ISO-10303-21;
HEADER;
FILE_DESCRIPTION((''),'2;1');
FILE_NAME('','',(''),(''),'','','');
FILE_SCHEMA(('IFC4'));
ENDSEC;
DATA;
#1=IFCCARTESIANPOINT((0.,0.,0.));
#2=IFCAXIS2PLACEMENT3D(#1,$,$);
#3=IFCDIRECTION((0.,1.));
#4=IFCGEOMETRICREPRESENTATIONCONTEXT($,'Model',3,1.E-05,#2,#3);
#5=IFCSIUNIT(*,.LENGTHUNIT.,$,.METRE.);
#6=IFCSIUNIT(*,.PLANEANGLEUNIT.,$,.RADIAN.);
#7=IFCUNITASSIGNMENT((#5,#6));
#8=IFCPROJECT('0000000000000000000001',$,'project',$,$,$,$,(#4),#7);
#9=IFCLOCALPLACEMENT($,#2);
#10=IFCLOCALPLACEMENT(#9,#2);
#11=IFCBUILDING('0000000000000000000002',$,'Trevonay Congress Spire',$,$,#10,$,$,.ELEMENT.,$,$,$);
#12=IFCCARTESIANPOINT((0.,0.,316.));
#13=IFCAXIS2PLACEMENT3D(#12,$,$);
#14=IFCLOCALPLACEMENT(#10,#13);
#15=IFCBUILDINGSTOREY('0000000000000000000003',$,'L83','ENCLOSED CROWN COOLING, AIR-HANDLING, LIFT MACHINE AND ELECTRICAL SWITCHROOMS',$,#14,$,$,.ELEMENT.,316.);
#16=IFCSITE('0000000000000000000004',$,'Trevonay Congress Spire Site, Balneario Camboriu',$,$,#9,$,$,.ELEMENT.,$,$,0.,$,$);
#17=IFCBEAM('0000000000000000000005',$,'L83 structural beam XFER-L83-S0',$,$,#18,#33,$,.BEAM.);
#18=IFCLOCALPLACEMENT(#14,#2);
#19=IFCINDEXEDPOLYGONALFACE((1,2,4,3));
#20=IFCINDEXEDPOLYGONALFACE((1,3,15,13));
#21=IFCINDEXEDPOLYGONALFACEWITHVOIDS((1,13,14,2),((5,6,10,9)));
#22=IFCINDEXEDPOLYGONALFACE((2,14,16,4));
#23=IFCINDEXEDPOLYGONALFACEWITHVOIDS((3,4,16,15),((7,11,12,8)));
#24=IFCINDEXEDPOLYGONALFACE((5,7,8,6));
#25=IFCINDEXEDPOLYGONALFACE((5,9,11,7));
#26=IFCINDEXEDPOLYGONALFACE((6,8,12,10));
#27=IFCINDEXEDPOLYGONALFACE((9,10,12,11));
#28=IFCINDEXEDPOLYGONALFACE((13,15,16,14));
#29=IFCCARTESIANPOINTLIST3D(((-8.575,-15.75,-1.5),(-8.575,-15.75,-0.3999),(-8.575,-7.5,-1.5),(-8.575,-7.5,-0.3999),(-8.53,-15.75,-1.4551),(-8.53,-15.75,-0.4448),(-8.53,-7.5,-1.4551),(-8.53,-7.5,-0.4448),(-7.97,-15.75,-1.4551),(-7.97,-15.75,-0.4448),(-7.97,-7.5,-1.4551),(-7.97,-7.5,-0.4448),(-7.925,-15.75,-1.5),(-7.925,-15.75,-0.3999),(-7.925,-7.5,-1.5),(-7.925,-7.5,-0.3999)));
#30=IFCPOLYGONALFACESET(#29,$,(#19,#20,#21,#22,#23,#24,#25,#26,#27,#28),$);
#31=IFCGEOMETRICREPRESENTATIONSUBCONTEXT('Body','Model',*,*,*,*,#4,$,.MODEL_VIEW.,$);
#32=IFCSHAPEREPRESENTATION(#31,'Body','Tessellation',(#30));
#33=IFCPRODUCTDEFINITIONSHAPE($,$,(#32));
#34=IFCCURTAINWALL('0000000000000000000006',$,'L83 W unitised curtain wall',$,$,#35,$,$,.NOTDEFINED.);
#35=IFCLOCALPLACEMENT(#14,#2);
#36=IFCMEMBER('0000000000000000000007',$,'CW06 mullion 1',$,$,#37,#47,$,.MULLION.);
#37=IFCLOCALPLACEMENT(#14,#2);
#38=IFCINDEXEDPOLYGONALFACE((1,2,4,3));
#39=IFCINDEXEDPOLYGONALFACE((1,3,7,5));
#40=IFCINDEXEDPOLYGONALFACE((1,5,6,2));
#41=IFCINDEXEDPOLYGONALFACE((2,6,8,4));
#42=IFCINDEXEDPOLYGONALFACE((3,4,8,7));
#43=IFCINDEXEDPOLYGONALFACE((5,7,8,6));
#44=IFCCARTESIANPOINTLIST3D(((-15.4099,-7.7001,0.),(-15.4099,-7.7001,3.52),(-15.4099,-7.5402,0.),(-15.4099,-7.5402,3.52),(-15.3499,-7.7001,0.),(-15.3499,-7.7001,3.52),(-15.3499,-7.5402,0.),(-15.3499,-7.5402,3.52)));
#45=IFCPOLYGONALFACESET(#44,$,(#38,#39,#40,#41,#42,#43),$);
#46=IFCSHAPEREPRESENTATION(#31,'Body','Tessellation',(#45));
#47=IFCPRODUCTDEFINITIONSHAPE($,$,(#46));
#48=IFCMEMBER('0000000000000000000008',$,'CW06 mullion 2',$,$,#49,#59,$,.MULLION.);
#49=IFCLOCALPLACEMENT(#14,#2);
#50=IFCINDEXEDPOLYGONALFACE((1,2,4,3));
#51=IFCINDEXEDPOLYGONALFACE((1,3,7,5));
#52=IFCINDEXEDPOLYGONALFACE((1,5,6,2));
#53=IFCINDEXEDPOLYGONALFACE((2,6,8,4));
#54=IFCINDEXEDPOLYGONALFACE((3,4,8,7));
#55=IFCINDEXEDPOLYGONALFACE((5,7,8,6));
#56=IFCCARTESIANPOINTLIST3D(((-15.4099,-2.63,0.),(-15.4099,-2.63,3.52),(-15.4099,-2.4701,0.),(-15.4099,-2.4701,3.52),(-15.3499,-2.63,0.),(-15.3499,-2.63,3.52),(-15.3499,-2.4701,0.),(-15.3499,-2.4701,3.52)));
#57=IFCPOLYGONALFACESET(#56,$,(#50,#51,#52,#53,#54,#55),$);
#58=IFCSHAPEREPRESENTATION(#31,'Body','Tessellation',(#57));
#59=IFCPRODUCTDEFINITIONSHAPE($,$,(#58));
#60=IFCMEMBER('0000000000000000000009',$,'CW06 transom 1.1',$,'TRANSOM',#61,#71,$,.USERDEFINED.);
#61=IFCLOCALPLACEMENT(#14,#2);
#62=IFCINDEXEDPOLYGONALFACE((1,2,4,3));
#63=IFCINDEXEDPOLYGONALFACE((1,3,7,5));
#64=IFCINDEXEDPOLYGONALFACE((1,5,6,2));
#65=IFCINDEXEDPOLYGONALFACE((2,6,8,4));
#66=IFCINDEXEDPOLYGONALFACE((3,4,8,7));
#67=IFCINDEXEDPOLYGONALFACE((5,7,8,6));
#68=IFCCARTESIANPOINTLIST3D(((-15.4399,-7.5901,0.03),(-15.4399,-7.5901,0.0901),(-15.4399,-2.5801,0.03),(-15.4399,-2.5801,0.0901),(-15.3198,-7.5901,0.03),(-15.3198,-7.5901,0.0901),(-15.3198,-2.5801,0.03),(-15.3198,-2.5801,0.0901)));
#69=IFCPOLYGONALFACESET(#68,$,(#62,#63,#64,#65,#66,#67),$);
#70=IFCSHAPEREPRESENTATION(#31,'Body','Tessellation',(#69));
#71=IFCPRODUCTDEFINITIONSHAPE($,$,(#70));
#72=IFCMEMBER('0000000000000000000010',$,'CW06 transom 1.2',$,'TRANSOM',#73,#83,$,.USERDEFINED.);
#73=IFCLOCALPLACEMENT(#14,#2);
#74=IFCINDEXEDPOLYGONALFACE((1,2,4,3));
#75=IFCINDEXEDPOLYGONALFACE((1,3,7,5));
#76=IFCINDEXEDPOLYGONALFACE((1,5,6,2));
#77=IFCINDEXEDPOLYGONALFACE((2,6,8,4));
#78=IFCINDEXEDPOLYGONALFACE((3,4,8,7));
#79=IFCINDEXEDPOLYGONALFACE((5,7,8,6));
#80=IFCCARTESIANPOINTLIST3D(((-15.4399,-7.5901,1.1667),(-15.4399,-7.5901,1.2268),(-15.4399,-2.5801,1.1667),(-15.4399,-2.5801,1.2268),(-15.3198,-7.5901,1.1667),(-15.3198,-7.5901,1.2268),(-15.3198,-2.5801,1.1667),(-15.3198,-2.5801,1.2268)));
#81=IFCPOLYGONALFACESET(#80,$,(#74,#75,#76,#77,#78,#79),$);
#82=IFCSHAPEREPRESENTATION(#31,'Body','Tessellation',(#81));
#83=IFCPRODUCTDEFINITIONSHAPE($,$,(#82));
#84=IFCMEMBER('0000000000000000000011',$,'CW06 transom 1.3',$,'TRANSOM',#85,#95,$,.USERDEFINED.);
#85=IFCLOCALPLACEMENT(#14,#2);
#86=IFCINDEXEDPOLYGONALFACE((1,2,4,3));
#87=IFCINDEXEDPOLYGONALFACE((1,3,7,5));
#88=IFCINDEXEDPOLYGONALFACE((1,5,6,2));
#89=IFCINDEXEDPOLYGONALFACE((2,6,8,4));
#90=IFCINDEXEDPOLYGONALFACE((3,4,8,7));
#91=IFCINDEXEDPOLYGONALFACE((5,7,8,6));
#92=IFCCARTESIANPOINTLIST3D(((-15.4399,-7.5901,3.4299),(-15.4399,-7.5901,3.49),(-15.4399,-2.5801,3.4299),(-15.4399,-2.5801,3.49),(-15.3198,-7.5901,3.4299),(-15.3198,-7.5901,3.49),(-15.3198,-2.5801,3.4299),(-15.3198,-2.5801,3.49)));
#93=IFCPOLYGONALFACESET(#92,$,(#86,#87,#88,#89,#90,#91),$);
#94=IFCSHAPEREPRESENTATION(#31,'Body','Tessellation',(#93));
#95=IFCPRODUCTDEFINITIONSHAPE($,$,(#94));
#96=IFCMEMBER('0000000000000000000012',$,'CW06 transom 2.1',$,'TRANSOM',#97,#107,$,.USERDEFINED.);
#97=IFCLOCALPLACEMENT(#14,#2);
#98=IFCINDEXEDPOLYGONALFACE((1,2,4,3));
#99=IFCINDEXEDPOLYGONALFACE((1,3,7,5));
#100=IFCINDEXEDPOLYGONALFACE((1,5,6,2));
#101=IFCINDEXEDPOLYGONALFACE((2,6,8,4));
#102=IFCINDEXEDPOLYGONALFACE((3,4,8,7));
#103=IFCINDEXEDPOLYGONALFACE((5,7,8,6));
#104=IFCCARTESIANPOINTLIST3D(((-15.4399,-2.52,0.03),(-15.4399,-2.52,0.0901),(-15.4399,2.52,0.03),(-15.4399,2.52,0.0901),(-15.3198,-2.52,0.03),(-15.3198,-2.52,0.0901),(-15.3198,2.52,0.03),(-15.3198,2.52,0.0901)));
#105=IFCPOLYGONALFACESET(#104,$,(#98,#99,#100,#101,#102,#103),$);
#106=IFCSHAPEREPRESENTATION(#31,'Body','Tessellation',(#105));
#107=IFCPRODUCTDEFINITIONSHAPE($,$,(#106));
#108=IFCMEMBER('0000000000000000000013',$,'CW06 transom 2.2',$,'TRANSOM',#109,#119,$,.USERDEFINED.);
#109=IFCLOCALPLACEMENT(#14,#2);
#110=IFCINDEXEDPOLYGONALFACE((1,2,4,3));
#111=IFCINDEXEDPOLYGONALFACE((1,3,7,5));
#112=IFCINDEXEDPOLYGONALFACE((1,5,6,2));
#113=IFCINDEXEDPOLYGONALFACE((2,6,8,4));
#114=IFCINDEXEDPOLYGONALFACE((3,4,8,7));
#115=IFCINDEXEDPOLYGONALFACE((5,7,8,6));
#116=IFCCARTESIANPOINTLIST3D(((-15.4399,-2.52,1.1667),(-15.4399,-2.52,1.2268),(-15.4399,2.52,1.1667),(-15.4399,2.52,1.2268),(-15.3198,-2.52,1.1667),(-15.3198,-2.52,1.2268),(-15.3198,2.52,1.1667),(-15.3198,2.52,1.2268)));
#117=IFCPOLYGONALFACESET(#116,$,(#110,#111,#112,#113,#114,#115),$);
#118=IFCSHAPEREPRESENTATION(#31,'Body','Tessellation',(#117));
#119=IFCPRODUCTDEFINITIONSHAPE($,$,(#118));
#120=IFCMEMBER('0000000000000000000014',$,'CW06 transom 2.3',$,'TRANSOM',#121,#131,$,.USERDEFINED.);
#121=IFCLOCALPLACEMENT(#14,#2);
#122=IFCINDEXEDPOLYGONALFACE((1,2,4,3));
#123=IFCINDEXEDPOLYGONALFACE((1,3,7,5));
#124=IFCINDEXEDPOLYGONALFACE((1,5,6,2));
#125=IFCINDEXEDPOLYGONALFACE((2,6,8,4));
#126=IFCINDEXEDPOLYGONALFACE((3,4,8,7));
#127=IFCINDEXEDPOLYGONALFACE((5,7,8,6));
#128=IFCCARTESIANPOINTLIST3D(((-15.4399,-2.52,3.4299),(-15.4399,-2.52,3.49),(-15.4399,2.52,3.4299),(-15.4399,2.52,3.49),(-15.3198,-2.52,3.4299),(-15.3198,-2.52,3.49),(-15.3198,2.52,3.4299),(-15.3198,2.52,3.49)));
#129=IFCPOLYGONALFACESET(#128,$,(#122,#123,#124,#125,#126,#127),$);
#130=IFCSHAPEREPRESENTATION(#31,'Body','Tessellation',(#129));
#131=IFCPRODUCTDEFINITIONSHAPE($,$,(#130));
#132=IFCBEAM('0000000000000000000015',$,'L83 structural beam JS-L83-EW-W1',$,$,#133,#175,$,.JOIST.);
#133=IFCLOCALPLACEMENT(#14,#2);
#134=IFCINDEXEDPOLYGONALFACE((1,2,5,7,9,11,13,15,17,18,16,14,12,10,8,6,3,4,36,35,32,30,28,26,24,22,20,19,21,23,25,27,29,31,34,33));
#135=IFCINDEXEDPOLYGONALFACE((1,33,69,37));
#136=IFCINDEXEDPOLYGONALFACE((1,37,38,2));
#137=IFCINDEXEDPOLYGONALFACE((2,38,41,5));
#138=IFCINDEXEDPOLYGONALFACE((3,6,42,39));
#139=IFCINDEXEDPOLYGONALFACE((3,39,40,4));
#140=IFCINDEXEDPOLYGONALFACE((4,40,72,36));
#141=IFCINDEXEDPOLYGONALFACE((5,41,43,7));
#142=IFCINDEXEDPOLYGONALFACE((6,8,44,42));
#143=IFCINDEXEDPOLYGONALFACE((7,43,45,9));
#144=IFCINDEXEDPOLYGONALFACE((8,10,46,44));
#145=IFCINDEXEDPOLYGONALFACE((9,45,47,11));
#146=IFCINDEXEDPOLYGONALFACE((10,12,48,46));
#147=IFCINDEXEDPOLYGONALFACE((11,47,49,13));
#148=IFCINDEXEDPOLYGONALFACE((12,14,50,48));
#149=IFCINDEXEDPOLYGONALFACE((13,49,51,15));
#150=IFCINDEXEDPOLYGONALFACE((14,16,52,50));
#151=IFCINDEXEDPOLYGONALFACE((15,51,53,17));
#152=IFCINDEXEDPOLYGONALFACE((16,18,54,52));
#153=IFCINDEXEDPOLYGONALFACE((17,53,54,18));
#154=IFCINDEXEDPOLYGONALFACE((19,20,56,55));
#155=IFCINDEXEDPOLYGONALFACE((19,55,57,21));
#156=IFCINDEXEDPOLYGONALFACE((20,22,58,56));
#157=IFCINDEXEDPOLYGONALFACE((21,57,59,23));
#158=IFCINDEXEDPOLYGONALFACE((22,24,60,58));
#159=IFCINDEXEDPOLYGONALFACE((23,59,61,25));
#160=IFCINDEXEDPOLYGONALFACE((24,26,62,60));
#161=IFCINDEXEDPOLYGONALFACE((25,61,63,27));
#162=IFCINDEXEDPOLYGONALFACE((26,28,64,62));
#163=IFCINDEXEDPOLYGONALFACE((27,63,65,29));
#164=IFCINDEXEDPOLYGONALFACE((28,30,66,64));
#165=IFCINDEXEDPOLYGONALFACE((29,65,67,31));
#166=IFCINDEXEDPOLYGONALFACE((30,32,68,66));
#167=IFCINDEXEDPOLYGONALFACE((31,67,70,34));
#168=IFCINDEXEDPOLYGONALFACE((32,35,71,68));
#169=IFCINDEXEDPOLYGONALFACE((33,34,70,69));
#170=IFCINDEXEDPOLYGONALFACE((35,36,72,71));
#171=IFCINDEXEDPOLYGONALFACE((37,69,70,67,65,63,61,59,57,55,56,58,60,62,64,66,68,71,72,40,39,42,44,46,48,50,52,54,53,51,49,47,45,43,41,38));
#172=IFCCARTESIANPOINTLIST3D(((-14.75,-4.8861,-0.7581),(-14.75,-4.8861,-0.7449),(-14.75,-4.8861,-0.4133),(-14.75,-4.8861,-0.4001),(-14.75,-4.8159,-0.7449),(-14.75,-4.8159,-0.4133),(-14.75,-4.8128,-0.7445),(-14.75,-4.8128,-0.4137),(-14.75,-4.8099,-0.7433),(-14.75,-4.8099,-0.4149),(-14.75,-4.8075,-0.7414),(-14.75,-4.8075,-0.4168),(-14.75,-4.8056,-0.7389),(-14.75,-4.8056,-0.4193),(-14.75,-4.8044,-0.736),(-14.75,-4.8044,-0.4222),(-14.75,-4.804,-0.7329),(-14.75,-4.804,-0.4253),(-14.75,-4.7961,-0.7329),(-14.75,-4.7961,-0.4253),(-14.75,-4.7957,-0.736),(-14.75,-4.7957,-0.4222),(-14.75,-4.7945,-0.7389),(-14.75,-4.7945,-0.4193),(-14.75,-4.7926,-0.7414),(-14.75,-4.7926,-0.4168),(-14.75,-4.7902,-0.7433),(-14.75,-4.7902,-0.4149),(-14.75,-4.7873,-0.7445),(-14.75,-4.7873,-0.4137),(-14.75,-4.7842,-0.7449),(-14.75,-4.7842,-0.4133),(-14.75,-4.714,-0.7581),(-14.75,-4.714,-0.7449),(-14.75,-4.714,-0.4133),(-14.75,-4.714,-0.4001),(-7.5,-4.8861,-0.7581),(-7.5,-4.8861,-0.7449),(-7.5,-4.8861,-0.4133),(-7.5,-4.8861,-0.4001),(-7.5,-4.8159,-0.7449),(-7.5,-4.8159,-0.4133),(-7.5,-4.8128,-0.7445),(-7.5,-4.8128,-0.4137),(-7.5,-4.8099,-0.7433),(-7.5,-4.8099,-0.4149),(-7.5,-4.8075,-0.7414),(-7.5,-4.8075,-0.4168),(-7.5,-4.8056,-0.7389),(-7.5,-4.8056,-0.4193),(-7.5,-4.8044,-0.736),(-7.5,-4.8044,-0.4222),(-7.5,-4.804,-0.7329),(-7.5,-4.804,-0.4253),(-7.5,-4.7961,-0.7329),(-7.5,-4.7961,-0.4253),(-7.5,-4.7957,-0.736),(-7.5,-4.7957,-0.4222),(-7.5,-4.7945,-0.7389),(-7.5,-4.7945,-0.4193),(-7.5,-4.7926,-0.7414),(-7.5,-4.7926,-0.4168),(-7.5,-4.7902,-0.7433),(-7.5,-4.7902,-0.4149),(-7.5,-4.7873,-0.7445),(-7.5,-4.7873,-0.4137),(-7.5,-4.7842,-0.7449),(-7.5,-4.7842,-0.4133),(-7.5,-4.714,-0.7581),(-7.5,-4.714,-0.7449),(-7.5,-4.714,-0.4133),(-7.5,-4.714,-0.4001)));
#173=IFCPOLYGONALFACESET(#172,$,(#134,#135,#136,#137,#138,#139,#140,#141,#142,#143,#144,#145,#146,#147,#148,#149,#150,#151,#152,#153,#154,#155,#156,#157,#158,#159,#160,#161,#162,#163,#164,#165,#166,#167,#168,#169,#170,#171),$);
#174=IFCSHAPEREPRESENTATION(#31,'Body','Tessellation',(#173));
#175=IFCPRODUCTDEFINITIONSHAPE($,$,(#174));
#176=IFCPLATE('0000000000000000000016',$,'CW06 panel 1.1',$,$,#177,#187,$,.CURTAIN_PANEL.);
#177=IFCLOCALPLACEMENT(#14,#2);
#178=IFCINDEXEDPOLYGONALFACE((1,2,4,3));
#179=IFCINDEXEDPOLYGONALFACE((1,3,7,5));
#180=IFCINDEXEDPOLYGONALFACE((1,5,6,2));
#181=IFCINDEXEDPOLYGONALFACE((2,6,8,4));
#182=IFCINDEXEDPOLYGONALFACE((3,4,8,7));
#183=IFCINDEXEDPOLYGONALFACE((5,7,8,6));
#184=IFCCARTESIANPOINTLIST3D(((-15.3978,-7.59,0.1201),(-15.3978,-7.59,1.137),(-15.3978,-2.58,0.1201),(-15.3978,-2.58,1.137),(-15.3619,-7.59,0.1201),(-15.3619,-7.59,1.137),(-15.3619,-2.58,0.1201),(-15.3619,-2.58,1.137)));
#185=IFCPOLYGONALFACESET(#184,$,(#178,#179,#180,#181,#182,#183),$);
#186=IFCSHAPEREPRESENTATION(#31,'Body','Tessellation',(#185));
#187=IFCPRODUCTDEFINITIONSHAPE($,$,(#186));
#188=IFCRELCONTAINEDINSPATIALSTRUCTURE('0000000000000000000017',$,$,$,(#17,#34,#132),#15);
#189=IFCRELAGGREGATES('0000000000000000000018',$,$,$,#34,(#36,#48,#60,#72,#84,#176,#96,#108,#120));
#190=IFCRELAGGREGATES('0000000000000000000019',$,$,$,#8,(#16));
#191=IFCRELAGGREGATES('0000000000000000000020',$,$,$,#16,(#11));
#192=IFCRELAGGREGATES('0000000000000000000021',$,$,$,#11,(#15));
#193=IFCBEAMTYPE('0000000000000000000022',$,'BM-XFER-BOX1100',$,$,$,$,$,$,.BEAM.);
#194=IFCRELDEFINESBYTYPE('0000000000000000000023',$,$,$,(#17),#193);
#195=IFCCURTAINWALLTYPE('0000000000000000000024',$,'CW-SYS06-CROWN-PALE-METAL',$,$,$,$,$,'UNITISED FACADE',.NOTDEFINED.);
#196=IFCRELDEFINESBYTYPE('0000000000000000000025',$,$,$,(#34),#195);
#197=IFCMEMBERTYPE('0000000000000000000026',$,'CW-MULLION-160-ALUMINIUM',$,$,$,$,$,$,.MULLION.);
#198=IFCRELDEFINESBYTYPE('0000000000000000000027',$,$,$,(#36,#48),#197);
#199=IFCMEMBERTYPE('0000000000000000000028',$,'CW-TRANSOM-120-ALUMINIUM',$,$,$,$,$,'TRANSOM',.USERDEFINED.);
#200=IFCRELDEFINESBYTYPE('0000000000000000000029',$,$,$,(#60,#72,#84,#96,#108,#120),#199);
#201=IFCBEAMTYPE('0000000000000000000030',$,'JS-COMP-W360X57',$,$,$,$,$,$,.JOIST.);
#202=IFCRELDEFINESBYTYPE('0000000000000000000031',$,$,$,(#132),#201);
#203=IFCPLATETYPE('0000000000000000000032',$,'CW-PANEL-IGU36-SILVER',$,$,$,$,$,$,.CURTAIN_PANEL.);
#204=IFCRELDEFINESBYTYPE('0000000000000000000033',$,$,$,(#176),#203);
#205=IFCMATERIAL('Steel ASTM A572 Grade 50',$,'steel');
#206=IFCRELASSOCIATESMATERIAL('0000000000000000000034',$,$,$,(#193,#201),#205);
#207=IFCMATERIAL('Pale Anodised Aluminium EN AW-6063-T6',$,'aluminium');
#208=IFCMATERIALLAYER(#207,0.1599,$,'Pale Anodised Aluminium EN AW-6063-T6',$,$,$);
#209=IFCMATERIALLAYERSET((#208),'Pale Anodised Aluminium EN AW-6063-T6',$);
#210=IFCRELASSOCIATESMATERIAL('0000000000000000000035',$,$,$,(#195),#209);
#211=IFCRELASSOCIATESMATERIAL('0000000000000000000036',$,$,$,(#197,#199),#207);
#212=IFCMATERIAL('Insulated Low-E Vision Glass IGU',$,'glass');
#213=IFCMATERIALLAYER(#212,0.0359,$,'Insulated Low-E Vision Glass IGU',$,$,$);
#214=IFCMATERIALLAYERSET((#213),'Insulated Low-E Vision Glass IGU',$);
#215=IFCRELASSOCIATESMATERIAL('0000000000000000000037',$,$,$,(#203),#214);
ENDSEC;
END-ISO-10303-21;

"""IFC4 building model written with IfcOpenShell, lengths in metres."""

from ifc_helpers import new_model, si_unit, direction, frame, origin, origin_2d, place, context, subcontext, project, spatial, rectangle, hollow_rectangle, i_section, extrude, material, layer, layer_set, material_profile, profile_set, type_object, element, aggregate, save


model = new_model("IFC4")

# Units and contexts
model_context = context("Model", 3, precision=1e-05, world=origin(), true_north=direction((0.0, 1.0)))
body_context = subcontext(model_context, "Body", "Model", "MODEL_VIEW")
ifc_project = project(units=[si_unit("LENGTHUNIT", "METRE"), si_unit("PLANEANGLEUNIT", "RADIAN")], contexts=[model_context])

# Site, building, storey
site_placement = place(None, origin())
site = spatial("IfcSite", under=ifc_project, at=site_placement, Name="Trevonay Congress Spire Site, Balneario Camboriu", CompositionType="ELEMENT", RefElevation=0.0)
building_placement = place(site_placement, origin())
building = spatial("IfcBuilding", under=site, at=building_placement, Name="Trevonay Congress Spire", CompositionType="ELEMENT")
storey_placement = place(building_placement, frame((0.0, 0.0, 316.0)))
storey = spatial("IfcBuildingStorey", under=building, at=storey_placement, Name="L83", Description="ENCLOSED CROWN COOLING, AIR-HANDLING, LIFT MACHINE AND ELECTRICAL SWITCHROOMS", CompositionType="ELEMENT", Elevation=316.0)

# Beam
ifc_material_1 = material(Name="Steel ASTM A572 Grade 50", Category="steel")
ifc_material_profile_1 = material_profile(ifc_material_1, hollow_rectangle(XDim=0.6499, YDim=1.1001, WallThickness=0.0449, at=origin_2d()), Name="BOX 1100x650x45")
ifc_profile_set_1 = profile_set([ifc_material_profile_1], Name="Steel ASTM A572 Grade 50")
beam_type_1 = type_object("IfcBeamType", Name="BM-XFER-BOX1100", PredefinedType="BEAM", material=ifc_profile_set_1)
beam_1_placement = place(storey_placement, frame((-8.25, -7.5, -0.95), z_axis=(0.0, -1.0, 0.0), x_axis=(1.0, 0.0, 0.0)))
element("IfcBeam", 1, at=beam_1_placement, inside=storey, type_object=beam_type_1, Name="L83 structural beam XFER-L83-S0", PredefinedType="BEAM", context=body_context, shape_type="SweptSolid", body=[
    extrude(hollow_rectangle(XDim=0.6499, YDim=1.1001, WallThickness=0.0449, at=origin_2d()), origin(), (0.0, 0.0, 1.0), 8.25),
])

# Curtain wall, members
ifc_material_2 = material(Name="Pale Anodised Aluminium EN AW-6063-T6", Category="aluminium")
ifc_layer_1 = layer(ifc_material_2, 0.1599, Name="Pale Anodised Aluminium EN AW-6063-T6")
ifc_layer_set_1 = layer_set([ifc_layer_1], Name="Pale Anodised Aluminium EN AW-6063-T6")
curtain_wall_type = type_object("IfcCurtainWallType", Name="CW-SYS06-CROWN-PALE-METAL", ElementType="UNITISED FACADE", PredefinedType="NOTDEFINED", material=ifc_layer_set_1)
curtain_wall_placement = place(storey_placement, origin())
curtain_wall = element("IfcCurtainWall", 2, at=curtain_wall_placement, inside=storey, type_object=curtain_wall_type, Name="L83 W unitised curtain wall", PredefinedType="NOTDEFINED")
ifc_material_profile_2 = material_profile(ifc_material_2, rectangle(XDim=0.0601, YDim=0.1599, at=origin_2d()), Name="CW-MULLION-160-ALUMINIUM")
ifc_profile_set_2 = profile_set([ifc_material_profile_2], Name="Pale Anodised Aluminium EN AW-6063-T6")
member_type_1 = type_object("IfcMemberType", Name="CW-MULLION-160-ALUMINIUM", PredefinedType="MULLION", material=ifc_profile_set_2)
member_1_placement = place(storey_placement, frame((-15.3799, -7.6201, 0.0), z_axis=(0.0, 0.0, 1.0), x_axis=(-1.0, 0.0, 0.0)))
member_1 = element("IfcMember", 3, at=member_1_placement, type_object=member_type_1, Name="CW06 mullion 1", PredefinedType="MULLION", context=body_context, shape_type="SweptSolid", body=[
    extrude(rectangle(XDim=0.0601, YDim=0.1599, at=origin_2d()), origin(), (0.0, 0.0, 1.0), 3.52),
])
member_2_placement = place(storey_placement, frame((-15.3799, -2.55, 0.0), z_axis=(0.0, 0.0, 1.0), x_axis=(-1.0, 0.0, 0.0)))
member_2 = element("IfcMember", 4, at=member_2_placement, type_object=member_type_1, Name="CW06 mullion 2", PredefinedType="MULLION", context=body_context, shape_type="SweptSolid", body=[
    extrude(rectangle(XDim=0.0601, YDim=0.1599, at=origin_2d()), origin(), (0.0, 0.0, 1.0), 3.52),
])
ifc_material_profile_3 = material_profile(ifc_material_2, rectangle(XDim=0.1201, YDim=0.0601, at=origin_2d()), Name="CW-TRANSOM-120-ALUMINIUM")
ifc_profile_set_3 = profile_set([ifc_material_profile_3], Name="Pale Anodised Aluminium EN AW-6063-T6")
member_type_2 = type_object("IfcMemberType", Name="CW-TRANSOM-120-ALUMINIUM", ElementType="TRANSOM", PredefinedType="USERDEFINED", material=ifc_profile_set_3)
member_3_placement = place(storey_placement, frame((-15.3799, -7.5901, 0.0601), z_axis=(0.0, 1.0, 0.0), x_axis=(-1.0, 0.0, 0.0)))
member_3 = element("IfcMember", 5, at=member_3_placement, type_object=member_type_2, Name="CW06 transom 1.1", ObjectType="TRANSOM", PredefinedType="USERDEFINED", context=body_context, shape_type="SweptSolid", body=[
    extrude(rectangle(XDim=0.1201, YDim=0.0601, at=origin_2d()), origin(), (0.0, 0.0, 1.0), 5.01),
])
member_4_placement = place(storey_placement, frame((-15.3799, -7.5901, 1.1968), z_axis=(0.0, 1.0, 0.0), x_axis=(-1.0, 0.0, 0.0)))
member_4 = element("IfcMember", 6, at=member_4_placement, type_object=member_type_2, Name="CW06 transom 1.2", ObjectType="TRANSOM", PredefinedType="USERDEFINED", context=body_context, shape_type="SweptSolid", body=[
    extrude(rectangle(XDim=0.1201, YDim=0.0601, at=origin_2d()), origin(), (0.0, 0.0, 1.0), 5.01),
])
member_5_placement = place(storey_placement, frame((-15.3799, -7.5901, 3.46), z_axis=(0.0, 1.0, 0.0), x_axis=(-1.0, 0.0, 0.0)))
member_5 = element("IfcMember", 7, at=member_5_placement, type_object=member_type_2, Name="CW06 transom 1.3", ObjectType="TRANSOM", PredefinedType="USERDEFINED", context=body_context, shape_type="SweptSolid", body=[
    extrude(rectangle(XDim=0.1201, YDim=0.0601, at=origin_2d()), origin(), (0.0, 0.0, 1.0), 5.01),
])
member_6_placement = place(storey_placement, frame((-15.3799, -2.52, 0.0601), z_axis=(0.0, 1.0, 0.0), x_axis=(-1.0, 0.0, 0.0)))
member_6 = element("IfcMember", 8, at=member_6_placement, type_object=member_type_2, Name="CW06 transom 2.1", ObjectType="TRANSOM", PredefinedType="USERDEFINED", context=body_context, shape_type="SweptSolid", body=[
    extrude(rectangle(XDim=0.1201, YDim=0.0601, at=origin_2d()), origin(), (0.0, 0.0, 1.0), 5.04),
])
member_7_placement = place(storey_placement, frame((-15.3799, -2.52, 1.1968), z_axis=(0.0, 1.0, 0.0), x_axis=(-1.0, 0.0, 0.0)))
member_7 = element("IfcMember", 9, at=member_7_placement, type_object=member_type_2, Name="CW06 transom 2.2", ObjectType="TRANSOM", PredefinedType="USERDEFINED", context=body_context, shape_type="SweptSolid", body=[
    extrude(rectangle(XDim=0.1201, YDim=0.0601, at=origin_2d()), origin(), (0.0, 0.0, 1.0), 5.04),
])
member_8_placement = place(storey_placement, frame((-15.3799, -2.52, 3.46), z_axis=(0.0, 1.0, 0.0), x_axis=(-1.0, 0.0, 0.0)))
member_8 = element("IfcMember", 10, at=member_8_placement, type_object=member_type_2, Name="CW06 transom 2.3", ObjectType="TRANSOM", PredefinedType="USERDEFINED", context=body_context, shape_type="SweptSolid", body=[
    extrude(rectangle(XDim=0.1201, YDim=0.0601, at=origin_2d()), origin(), (0.0, 0.0, 1.0), 5.04),
])

# Beam
ifc_material_profile_4 = material_profile(ifc_material_1, i_section(OverallWidth=0.1721, OverallDepth=0.3579, WebThickness=0.0078, FlangeThickness=0.0132, FilletRadius=0.012, at=origin_2d()), Name="W360x57.8")
ifc_profile_set_4 = profile_set([ifc_material_profile_4], Name="Steel ASTM A572 Grade 50")
beam_type_2 = type_object("IfcBeamType", Name="JS-COMP-W360X57", PredefinedType="JOIST", material=ifc_profile_set_4)
beam_2_placement = place(storey_placement, frame((-14.75, -4.8, -0.5791), z_axis=(1.0, 0.0, 0.0), x_axis=(0.0, 1.0, 0.0)))
element("IfcBeam", 11, at=beam_2_placement, inside=storey, type_object=beam_type_2, Name="L83 structural beam JS-L83-EW-W1", PredefinedType="JOIST", context=body_context, shape_type="SweptSolid", body=[
    extrude(i_section(OverallWidth=0.1721, OverallDepth=0.3579, WebThickness=0.0078, FlangeThickness=0.0132, FilletRadius=0.012, at=origin_2d()), origin(), (0.0, 0.0, 1.0), 7.25),
])

# Plate
ifc_material_3 = material(Name="Insulated Low-E Vision Glass IGU", Category="glass")
ifc_layer_2 = layer(ifc_material_3, 0.0359, Name="Insulated Low-E Vision Glass IGU")
ifc_layer_set_2 = layer_set([ifc_layer_2], Name="Insulated Low-E Vision Glass IGU")
plate_type = type_object("IfcPlateType", Name="CW-PANEL-IGU36-SILVER", PredefinedType="CURTAIN_PANEL", material=ifc_layer_set_2)
plate_1_placement = place(storey_placement, frame((-15.3799, -5.085, 0.1201), z_axis=(0.0, 0.0, 1.0), x_axis=(0.0, 1.0, 0.0)))
plate_1 = element("IfcPlate", 12, at=plate_1_placement, type_object=plate_type, Name="CW06 panel 1.1", PredefinedType="CURTAIN_PANEL", context=body_context, shape_type="SweptSolid", body=[
    extrude(rectangle(XDim=5.01, YDim=0.0359, at=origin_2d()), origin(), (0.0, 0.0, 1.0), 1.0168),
])
aggregate(curtain_wall, [member_1, member_2, member_3, member_4, member_5, plate_1, member_6, member_7, member_8])

save(model, "model.ifc")
